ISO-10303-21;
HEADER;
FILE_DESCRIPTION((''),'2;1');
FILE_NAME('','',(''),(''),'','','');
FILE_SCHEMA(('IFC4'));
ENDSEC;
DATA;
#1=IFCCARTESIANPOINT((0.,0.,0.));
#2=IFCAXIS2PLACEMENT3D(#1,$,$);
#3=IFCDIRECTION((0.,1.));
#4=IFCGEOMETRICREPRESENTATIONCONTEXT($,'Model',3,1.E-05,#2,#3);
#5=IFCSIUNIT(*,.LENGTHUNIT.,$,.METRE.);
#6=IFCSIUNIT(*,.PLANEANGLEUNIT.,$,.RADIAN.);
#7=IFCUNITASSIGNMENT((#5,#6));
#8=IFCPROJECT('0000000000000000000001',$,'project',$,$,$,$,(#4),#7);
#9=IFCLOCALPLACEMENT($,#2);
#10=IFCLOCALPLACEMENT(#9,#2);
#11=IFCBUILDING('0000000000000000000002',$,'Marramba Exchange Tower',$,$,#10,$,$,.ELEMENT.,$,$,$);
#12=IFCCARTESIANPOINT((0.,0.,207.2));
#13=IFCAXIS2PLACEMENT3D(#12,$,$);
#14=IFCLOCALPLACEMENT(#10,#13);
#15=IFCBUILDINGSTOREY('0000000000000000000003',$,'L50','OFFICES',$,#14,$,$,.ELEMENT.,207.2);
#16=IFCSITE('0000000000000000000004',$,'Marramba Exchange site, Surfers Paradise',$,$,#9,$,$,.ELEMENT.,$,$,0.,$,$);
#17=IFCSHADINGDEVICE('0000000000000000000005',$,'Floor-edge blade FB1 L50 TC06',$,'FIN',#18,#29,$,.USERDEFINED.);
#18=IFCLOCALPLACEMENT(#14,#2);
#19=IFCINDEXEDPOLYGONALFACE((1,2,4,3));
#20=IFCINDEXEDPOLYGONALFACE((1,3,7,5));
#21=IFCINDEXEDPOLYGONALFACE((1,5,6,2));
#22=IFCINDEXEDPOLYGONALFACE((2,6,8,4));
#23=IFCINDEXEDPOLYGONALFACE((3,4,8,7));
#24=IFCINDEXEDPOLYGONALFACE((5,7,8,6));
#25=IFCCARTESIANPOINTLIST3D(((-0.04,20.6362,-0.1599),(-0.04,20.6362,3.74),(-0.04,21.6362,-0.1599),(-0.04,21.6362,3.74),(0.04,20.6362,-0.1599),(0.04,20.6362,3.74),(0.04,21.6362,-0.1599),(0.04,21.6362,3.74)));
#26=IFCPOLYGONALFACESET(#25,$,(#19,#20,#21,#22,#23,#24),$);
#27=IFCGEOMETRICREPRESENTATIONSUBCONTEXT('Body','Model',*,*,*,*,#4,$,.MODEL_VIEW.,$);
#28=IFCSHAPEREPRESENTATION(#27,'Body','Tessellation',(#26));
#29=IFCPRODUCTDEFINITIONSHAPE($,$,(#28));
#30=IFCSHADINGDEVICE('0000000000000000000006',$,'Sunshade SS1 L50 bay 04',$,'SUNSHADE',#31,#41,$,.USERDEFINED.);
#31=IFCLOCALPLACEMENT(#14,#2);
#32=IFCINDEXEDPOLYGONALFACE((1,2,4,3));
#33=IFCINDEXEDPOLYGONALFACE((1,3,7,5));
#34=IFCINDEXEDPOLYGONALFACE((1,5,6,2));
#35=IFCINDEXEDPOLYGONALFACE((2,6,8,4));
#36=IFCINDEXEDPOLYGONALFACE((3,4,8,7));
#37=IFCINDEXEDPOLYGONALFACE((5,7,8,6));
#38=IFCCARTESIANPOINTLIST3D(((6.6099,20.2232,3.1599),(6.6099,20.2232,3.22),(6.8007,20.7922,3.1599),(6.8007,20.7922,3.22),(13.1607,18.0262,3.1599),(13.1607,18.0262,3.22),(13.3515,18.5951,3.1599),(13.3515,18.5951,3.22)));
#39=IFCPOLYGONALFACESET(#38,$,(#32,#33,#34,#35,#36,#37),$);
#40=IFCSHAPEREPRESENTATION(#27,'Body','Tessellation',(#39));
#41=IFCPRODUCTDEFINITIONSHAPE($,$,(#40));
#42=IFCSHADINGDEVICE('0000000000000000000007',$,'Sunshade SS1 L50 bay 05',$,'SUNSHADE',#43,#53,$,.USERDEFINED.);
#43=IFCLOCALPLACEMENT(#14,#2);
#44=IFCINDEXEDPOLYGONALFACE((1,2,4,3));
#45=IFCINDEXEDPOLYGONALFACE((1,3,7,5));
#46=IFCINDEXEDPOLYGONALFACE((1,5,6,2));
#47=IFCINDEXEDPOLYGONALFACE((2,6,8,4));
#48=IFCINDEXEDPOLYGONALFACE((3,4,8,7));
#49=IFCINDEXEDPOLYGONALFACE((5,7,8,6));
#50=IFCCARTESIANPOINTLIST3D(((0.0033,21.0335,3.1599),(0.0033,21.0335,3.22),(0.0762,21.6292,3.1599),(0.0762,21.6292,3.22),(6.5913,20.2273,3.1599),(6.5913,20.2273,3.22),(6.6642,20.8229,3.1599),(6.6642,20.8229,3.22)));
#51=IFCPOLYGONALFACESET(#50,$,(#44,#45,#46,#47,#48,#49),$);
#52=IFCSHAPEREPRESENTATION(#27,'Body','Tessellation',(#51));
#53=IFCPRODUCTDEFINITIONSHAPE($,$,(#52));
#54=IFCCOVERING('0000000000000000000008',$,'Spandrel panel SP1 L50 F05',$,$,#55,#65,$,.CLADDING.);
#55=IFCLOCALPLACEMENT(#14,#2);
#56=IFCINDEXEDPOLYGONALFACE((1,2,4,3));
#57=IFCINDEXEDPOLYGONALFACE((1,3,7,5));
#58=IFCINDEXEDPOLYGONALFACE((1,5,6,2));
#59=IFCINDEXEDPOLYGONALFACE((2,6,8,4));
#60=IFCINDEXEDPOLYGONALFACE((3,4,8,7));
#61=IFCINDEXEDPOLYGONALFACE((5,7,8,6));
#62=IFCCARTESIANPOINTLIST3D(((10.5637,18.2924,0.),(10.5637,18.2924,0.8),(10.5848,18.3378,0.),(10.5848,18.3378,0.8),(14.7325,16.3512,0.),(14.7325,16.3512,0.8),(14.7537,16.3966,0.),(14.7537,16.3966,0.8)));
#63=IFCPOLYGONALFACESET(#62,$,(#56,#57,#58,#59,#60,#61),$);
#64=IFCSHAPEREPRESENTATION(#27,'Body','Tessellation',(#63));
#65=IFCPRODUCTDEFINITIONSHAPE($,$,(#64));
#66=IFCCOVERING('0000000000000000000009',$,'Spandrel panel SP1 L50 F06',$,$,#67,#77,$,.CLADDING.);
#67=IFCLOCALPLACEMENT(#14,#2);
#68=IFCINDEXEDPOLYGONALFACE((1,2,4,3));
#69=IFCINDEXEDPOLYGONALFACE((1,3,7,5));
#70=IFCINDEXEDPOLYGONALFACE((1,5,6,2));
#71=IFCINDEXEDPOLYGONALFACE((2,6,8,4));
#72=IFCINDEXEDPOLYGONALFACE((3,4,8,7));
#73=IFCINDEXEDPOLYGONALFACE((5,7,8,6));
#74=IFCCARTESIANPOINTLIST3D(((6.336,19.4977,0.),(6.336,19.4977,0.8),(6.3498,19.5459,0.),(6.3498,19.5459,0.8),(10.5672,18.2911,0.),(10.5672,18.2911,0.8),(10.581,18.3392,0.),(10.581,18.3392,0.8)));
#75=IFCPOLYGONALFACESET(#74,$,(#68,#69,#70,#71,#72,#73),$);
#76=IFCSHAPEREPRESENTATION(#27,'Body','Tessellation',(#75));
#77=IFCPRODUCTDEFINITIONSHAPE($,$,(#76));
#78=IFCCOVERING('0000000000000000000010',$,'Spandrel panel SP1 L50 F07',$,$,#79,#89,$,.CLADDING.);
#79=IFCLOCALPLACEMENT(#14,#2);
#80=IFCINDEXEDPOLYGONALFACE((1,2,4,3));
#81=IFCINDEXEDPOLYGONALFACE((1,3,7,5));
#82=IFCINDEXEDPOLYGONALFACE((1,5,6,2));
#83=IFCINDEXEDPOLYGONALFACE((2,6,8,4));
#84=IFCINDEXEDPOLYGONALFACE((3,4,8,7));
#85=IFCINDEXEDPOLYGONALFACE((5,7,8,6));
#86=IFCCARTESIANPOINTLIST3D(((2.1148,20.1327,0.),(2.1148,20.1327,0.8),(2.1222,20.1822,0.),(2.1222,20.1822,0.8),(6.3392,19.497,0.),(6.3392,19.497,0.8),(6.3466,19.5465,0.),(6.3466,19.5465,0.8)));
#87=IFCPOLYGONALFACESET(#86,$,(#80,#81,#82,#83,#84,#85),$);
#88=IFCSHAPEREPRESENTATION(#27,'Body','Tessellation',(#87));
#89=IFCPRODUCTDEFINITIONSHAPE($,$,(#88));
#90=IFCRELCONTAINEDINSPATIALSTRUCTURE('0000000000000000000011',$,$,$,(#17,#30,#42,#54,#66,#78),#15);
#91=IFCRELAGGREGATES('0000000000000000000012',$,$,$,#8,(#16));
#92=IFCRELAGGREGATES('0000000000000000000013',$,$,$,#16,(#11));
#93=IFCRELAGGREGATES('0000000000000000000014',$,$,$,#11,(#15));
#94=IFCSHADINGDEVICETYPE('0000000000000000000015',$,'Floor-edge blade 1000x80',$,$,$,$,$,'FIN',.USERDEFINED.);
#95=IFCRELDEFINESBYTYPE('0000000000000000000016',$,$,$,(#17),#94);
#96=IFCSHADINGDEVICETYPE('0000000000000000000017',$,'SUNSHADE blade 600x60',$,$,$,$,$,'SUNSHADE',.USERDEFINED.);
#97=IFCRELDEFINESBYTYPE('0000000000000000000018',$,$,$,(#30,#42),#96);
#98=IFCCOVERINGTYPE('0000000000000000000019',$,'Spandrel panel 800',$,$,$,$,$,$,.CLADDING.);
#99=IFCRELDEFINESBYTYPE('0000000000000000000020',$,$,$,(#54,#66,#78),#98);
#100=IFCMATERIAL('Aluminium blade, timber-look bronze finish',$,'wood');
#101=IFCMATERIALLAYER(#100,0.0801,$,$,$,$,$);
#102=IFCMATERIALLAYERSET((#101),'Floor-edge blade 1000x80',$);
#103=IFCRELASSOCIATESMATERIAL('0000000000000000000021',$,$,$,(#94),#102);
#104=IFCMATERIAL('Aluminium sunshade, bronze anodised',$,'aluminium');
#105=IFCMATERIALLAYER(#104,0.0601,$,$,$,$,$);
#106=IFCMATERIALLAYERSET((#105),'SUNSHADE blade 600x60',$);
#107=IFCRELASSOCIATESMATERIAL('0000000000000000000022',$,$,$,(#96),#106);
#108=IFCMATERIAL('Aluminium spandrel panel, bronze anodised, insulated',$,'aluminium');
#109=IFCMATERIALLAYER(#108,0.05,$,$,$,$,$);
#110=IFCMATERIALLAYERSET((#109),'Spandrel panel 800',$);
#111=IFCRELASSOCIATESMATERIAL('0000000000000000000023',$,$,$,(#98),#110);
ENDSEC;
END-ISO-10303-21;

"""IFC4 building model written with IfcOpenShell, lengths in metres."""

from ifc_helpers import new_model, si_unit, direction, frame, origin, origin_2d, place, context, subcontext, project, spatial, rectangle, extrude, material, layer, layer_set, type_object, element, save


model = new_model("IFC4")

# Units and contexts
model_context = context("Model", 3, precision=1e-05, world=origin(), true_north=direction((0.0, 1.0)))
body_context = subcontext(model_context, "Body", "Model", "MODEL_VIEW")
ifc_project = project(units=[si_unit("LENGTHUNIT", "METRE"), si_unit("PLANEANGLEUNIT", "RADIAN")], contexts=[model_context])

# Site, building, storey
site_placement = place(None, origin())
site = spatial("IfcSite", under=ifc_project, at=site_placement, Name="Marramba Exchange site, Surfers Paradise", CompositionType="ELEMENT", RefElevation=0.0)
building_placement = place(site_placement, origin())
building = spatial("IfcBuilding", under=site, at=building_placement, Name="Marramba Exchange Tower", CompositionType="ELEMENT")
storey_placement = place(building_placement, frame((0.0, 0.0, 207.2)))
storey = spatial("IfcBuildingStorey", under=building, at=storey_placement, Name="L50", Description="OFFICES", CompositionType="ELEMENT", Elevation=207.2)

# Shading devices
ifc_material_1 = material(Name="Aluminium blade, timber-look bronze finish", Category="wood")
ifc_layer_1 = layer(ifc_material_1, 0.0801)
ifc_layer_set_1 = layer_set([ifc_layer_1], Name="Floor-edge blade 1000x80")
shading_device_type_1 = type_object("IfcShadingDeviceType", Name="Floor-edge blade 1000x80", ElementType="FIN", PredefinedType="USERDEFINED", material=ifc_layer_set_1)
for number, where, z_axis, x_axis, name in (
    (1, (0.0, 21.1362, -0.1599), (0.0, 0.0, 1.0), (0.0, 1.0, 0.0), "Floor-edge blade FB1 L50 TC06"),
):
    element("IfcShadingDevice", number, at=place(storey_placement, frame(where, z_axis=z_axis, x_axis=x_axis)), inside=storey, type_object=shading_device_type_1, Name=name, ObjectType="FIN", PredefinedType="USERDEFINED", context=body_context, shape_type="SweptSolid", body=[
        extrude(rectangle(XDim=1.0, YDim=0.0801, at=origin_2d()), origin(), (0.0, 0.0, 1.0), 3.8999),
    ])
ifc_material_2 = material(Name="Aluminium sunshade, bronze anodised", Category="aluminium")
ifc_layer_2 = layer(ifc_material_2, 0.0601)
ifc_layer_set_2 = layer_set([ifc_layer_2], Name="SUNSHADE blade 600x60")
shading_device_type_2 = type_object("IfcShadingDeviceType", Name="SUNSHADE blade 600x60", ElementType="SUNSHADE", PredefinedType="USERDEFINED", material=ifc_layer_set_2)
shading_device_1_placement = place(storey_placement, frame((9.9807, 19.4092, 3.1599), z_axis=(0.0, 0.0, 1.0), x_axis=(-0.948096, 0.317983, 0.0)))
element("IfcShadingDevice", 2, at=shading_device_1_placement, inside=storey, type_object=shading_device_type_2, Name="Sunshade SS1 L50 bay 04", ObjectType="SUNSHADE", PredefinedType="USERDEFINED", context=body_context, shape_type="SweptSolid", body=[
    extrude(rectangle(XDim=6.9094, YDim=0.6001, at=origin_2d()), origin(), (0.0, 0.0, 1.0), 0.0601),
])
shading_device_2_placement = place(storey_placement, frame((3.3337, 20.9282, 3.1599), z_axis=(0.0, 0.0, 1.0), x_axis=(-0.992595, 0.121469, 0.0)))
element("IfcShadingDevice", 3, at=shading_device_2_placement, inside=storey, type_object=shading_device_type_2, Name="Sunshade SS1 L50 bay 05", ObjectType="SUNSHADE", PredefinedType="USERDEFINED", context=body_context, shape_type="SweptSolid", body=[
    extrude(rectangle(XDim=6.6372, YDim=0.6001, at=origin_2d()), origin(), (0.0, 0.0, 1.0), 0.0601),
])

# Coverings
ifc_material_3 = material(Name="Aluminium spandrel panel, bronze anodised, insulated", Category="aluminium")
ifc_layer_3 = layer(ifc_material_3, 0.05)
ifc_layer_set_3 = layer_set([ifc_layer_3], Name="Spandrel panel 800")
covering_type = type_object("IfcCoveringType", Name="Spandrel panel 800", PredefinedType="CLADDING", material=ifc_layer_set_3)
covering_1_placement = place(storey_placement, frame((12.6587, 17.3445, 0.0), z_axis=(0.0, 0.0, 1.0), x_axis=(-0.906534, 0.422133, 0.0)))
element("IfcCovering", 4, at=covering_1_placement, inside=storey, type_object=covering_type, Name="Spandrel panel SP1 L50 F05", PredefinedType="CLADDING", context=body_context, shape_type="SweptSolid", body=[
    extrude(rectangle(XDim=4.5986, YDim=0.05, at=origin_2d()), origin(), (0.0, 0.0, 1.0), 0.8),
])
covering_2_placement = place(storey_placement, frame((8.4585, 18.9185, 0.0), z_axis=(0.0, 0.0, 1.0), x_axis=(-0.961659, 0.274248, 0.0)))
element("IfcCovering", 5, at=covering_2_placement, inside=storey, type_object=covering_type, Name="Spandrel panel SP1 L50 F06", PredefinedType="CLADDING", context=body_context, shape_type="SweptSolid", body=[
    extrude(rectangle(XDim=4.3999, YDim=0.05, at=origin_2d()), origin(), (0.0, 0.0, 1.0), 0.8),
])
covering_3_placement = place(storey_placement, frame((4.2307, 19.8396, 0.0), z_axis=(0.0, 0.0, 1.0), x_axis=(-0.988868, 0.148795, 0.0)))
element("IfcCovering", 6, at=covering_3_placement, inside=storey, type_object=covering_type, Name="Spandrel panel SP1 L50 F07", PredefinedType="CLADDING", context=body_context, shape_type="SweptSolid", body=[
    extrude(rectangle(XDim=4.272, YDim=0.05, at=origin_2d()), origin(), (0.0, 0.0, 1.0), 0.8),
])

save(model, "model.ifc")
